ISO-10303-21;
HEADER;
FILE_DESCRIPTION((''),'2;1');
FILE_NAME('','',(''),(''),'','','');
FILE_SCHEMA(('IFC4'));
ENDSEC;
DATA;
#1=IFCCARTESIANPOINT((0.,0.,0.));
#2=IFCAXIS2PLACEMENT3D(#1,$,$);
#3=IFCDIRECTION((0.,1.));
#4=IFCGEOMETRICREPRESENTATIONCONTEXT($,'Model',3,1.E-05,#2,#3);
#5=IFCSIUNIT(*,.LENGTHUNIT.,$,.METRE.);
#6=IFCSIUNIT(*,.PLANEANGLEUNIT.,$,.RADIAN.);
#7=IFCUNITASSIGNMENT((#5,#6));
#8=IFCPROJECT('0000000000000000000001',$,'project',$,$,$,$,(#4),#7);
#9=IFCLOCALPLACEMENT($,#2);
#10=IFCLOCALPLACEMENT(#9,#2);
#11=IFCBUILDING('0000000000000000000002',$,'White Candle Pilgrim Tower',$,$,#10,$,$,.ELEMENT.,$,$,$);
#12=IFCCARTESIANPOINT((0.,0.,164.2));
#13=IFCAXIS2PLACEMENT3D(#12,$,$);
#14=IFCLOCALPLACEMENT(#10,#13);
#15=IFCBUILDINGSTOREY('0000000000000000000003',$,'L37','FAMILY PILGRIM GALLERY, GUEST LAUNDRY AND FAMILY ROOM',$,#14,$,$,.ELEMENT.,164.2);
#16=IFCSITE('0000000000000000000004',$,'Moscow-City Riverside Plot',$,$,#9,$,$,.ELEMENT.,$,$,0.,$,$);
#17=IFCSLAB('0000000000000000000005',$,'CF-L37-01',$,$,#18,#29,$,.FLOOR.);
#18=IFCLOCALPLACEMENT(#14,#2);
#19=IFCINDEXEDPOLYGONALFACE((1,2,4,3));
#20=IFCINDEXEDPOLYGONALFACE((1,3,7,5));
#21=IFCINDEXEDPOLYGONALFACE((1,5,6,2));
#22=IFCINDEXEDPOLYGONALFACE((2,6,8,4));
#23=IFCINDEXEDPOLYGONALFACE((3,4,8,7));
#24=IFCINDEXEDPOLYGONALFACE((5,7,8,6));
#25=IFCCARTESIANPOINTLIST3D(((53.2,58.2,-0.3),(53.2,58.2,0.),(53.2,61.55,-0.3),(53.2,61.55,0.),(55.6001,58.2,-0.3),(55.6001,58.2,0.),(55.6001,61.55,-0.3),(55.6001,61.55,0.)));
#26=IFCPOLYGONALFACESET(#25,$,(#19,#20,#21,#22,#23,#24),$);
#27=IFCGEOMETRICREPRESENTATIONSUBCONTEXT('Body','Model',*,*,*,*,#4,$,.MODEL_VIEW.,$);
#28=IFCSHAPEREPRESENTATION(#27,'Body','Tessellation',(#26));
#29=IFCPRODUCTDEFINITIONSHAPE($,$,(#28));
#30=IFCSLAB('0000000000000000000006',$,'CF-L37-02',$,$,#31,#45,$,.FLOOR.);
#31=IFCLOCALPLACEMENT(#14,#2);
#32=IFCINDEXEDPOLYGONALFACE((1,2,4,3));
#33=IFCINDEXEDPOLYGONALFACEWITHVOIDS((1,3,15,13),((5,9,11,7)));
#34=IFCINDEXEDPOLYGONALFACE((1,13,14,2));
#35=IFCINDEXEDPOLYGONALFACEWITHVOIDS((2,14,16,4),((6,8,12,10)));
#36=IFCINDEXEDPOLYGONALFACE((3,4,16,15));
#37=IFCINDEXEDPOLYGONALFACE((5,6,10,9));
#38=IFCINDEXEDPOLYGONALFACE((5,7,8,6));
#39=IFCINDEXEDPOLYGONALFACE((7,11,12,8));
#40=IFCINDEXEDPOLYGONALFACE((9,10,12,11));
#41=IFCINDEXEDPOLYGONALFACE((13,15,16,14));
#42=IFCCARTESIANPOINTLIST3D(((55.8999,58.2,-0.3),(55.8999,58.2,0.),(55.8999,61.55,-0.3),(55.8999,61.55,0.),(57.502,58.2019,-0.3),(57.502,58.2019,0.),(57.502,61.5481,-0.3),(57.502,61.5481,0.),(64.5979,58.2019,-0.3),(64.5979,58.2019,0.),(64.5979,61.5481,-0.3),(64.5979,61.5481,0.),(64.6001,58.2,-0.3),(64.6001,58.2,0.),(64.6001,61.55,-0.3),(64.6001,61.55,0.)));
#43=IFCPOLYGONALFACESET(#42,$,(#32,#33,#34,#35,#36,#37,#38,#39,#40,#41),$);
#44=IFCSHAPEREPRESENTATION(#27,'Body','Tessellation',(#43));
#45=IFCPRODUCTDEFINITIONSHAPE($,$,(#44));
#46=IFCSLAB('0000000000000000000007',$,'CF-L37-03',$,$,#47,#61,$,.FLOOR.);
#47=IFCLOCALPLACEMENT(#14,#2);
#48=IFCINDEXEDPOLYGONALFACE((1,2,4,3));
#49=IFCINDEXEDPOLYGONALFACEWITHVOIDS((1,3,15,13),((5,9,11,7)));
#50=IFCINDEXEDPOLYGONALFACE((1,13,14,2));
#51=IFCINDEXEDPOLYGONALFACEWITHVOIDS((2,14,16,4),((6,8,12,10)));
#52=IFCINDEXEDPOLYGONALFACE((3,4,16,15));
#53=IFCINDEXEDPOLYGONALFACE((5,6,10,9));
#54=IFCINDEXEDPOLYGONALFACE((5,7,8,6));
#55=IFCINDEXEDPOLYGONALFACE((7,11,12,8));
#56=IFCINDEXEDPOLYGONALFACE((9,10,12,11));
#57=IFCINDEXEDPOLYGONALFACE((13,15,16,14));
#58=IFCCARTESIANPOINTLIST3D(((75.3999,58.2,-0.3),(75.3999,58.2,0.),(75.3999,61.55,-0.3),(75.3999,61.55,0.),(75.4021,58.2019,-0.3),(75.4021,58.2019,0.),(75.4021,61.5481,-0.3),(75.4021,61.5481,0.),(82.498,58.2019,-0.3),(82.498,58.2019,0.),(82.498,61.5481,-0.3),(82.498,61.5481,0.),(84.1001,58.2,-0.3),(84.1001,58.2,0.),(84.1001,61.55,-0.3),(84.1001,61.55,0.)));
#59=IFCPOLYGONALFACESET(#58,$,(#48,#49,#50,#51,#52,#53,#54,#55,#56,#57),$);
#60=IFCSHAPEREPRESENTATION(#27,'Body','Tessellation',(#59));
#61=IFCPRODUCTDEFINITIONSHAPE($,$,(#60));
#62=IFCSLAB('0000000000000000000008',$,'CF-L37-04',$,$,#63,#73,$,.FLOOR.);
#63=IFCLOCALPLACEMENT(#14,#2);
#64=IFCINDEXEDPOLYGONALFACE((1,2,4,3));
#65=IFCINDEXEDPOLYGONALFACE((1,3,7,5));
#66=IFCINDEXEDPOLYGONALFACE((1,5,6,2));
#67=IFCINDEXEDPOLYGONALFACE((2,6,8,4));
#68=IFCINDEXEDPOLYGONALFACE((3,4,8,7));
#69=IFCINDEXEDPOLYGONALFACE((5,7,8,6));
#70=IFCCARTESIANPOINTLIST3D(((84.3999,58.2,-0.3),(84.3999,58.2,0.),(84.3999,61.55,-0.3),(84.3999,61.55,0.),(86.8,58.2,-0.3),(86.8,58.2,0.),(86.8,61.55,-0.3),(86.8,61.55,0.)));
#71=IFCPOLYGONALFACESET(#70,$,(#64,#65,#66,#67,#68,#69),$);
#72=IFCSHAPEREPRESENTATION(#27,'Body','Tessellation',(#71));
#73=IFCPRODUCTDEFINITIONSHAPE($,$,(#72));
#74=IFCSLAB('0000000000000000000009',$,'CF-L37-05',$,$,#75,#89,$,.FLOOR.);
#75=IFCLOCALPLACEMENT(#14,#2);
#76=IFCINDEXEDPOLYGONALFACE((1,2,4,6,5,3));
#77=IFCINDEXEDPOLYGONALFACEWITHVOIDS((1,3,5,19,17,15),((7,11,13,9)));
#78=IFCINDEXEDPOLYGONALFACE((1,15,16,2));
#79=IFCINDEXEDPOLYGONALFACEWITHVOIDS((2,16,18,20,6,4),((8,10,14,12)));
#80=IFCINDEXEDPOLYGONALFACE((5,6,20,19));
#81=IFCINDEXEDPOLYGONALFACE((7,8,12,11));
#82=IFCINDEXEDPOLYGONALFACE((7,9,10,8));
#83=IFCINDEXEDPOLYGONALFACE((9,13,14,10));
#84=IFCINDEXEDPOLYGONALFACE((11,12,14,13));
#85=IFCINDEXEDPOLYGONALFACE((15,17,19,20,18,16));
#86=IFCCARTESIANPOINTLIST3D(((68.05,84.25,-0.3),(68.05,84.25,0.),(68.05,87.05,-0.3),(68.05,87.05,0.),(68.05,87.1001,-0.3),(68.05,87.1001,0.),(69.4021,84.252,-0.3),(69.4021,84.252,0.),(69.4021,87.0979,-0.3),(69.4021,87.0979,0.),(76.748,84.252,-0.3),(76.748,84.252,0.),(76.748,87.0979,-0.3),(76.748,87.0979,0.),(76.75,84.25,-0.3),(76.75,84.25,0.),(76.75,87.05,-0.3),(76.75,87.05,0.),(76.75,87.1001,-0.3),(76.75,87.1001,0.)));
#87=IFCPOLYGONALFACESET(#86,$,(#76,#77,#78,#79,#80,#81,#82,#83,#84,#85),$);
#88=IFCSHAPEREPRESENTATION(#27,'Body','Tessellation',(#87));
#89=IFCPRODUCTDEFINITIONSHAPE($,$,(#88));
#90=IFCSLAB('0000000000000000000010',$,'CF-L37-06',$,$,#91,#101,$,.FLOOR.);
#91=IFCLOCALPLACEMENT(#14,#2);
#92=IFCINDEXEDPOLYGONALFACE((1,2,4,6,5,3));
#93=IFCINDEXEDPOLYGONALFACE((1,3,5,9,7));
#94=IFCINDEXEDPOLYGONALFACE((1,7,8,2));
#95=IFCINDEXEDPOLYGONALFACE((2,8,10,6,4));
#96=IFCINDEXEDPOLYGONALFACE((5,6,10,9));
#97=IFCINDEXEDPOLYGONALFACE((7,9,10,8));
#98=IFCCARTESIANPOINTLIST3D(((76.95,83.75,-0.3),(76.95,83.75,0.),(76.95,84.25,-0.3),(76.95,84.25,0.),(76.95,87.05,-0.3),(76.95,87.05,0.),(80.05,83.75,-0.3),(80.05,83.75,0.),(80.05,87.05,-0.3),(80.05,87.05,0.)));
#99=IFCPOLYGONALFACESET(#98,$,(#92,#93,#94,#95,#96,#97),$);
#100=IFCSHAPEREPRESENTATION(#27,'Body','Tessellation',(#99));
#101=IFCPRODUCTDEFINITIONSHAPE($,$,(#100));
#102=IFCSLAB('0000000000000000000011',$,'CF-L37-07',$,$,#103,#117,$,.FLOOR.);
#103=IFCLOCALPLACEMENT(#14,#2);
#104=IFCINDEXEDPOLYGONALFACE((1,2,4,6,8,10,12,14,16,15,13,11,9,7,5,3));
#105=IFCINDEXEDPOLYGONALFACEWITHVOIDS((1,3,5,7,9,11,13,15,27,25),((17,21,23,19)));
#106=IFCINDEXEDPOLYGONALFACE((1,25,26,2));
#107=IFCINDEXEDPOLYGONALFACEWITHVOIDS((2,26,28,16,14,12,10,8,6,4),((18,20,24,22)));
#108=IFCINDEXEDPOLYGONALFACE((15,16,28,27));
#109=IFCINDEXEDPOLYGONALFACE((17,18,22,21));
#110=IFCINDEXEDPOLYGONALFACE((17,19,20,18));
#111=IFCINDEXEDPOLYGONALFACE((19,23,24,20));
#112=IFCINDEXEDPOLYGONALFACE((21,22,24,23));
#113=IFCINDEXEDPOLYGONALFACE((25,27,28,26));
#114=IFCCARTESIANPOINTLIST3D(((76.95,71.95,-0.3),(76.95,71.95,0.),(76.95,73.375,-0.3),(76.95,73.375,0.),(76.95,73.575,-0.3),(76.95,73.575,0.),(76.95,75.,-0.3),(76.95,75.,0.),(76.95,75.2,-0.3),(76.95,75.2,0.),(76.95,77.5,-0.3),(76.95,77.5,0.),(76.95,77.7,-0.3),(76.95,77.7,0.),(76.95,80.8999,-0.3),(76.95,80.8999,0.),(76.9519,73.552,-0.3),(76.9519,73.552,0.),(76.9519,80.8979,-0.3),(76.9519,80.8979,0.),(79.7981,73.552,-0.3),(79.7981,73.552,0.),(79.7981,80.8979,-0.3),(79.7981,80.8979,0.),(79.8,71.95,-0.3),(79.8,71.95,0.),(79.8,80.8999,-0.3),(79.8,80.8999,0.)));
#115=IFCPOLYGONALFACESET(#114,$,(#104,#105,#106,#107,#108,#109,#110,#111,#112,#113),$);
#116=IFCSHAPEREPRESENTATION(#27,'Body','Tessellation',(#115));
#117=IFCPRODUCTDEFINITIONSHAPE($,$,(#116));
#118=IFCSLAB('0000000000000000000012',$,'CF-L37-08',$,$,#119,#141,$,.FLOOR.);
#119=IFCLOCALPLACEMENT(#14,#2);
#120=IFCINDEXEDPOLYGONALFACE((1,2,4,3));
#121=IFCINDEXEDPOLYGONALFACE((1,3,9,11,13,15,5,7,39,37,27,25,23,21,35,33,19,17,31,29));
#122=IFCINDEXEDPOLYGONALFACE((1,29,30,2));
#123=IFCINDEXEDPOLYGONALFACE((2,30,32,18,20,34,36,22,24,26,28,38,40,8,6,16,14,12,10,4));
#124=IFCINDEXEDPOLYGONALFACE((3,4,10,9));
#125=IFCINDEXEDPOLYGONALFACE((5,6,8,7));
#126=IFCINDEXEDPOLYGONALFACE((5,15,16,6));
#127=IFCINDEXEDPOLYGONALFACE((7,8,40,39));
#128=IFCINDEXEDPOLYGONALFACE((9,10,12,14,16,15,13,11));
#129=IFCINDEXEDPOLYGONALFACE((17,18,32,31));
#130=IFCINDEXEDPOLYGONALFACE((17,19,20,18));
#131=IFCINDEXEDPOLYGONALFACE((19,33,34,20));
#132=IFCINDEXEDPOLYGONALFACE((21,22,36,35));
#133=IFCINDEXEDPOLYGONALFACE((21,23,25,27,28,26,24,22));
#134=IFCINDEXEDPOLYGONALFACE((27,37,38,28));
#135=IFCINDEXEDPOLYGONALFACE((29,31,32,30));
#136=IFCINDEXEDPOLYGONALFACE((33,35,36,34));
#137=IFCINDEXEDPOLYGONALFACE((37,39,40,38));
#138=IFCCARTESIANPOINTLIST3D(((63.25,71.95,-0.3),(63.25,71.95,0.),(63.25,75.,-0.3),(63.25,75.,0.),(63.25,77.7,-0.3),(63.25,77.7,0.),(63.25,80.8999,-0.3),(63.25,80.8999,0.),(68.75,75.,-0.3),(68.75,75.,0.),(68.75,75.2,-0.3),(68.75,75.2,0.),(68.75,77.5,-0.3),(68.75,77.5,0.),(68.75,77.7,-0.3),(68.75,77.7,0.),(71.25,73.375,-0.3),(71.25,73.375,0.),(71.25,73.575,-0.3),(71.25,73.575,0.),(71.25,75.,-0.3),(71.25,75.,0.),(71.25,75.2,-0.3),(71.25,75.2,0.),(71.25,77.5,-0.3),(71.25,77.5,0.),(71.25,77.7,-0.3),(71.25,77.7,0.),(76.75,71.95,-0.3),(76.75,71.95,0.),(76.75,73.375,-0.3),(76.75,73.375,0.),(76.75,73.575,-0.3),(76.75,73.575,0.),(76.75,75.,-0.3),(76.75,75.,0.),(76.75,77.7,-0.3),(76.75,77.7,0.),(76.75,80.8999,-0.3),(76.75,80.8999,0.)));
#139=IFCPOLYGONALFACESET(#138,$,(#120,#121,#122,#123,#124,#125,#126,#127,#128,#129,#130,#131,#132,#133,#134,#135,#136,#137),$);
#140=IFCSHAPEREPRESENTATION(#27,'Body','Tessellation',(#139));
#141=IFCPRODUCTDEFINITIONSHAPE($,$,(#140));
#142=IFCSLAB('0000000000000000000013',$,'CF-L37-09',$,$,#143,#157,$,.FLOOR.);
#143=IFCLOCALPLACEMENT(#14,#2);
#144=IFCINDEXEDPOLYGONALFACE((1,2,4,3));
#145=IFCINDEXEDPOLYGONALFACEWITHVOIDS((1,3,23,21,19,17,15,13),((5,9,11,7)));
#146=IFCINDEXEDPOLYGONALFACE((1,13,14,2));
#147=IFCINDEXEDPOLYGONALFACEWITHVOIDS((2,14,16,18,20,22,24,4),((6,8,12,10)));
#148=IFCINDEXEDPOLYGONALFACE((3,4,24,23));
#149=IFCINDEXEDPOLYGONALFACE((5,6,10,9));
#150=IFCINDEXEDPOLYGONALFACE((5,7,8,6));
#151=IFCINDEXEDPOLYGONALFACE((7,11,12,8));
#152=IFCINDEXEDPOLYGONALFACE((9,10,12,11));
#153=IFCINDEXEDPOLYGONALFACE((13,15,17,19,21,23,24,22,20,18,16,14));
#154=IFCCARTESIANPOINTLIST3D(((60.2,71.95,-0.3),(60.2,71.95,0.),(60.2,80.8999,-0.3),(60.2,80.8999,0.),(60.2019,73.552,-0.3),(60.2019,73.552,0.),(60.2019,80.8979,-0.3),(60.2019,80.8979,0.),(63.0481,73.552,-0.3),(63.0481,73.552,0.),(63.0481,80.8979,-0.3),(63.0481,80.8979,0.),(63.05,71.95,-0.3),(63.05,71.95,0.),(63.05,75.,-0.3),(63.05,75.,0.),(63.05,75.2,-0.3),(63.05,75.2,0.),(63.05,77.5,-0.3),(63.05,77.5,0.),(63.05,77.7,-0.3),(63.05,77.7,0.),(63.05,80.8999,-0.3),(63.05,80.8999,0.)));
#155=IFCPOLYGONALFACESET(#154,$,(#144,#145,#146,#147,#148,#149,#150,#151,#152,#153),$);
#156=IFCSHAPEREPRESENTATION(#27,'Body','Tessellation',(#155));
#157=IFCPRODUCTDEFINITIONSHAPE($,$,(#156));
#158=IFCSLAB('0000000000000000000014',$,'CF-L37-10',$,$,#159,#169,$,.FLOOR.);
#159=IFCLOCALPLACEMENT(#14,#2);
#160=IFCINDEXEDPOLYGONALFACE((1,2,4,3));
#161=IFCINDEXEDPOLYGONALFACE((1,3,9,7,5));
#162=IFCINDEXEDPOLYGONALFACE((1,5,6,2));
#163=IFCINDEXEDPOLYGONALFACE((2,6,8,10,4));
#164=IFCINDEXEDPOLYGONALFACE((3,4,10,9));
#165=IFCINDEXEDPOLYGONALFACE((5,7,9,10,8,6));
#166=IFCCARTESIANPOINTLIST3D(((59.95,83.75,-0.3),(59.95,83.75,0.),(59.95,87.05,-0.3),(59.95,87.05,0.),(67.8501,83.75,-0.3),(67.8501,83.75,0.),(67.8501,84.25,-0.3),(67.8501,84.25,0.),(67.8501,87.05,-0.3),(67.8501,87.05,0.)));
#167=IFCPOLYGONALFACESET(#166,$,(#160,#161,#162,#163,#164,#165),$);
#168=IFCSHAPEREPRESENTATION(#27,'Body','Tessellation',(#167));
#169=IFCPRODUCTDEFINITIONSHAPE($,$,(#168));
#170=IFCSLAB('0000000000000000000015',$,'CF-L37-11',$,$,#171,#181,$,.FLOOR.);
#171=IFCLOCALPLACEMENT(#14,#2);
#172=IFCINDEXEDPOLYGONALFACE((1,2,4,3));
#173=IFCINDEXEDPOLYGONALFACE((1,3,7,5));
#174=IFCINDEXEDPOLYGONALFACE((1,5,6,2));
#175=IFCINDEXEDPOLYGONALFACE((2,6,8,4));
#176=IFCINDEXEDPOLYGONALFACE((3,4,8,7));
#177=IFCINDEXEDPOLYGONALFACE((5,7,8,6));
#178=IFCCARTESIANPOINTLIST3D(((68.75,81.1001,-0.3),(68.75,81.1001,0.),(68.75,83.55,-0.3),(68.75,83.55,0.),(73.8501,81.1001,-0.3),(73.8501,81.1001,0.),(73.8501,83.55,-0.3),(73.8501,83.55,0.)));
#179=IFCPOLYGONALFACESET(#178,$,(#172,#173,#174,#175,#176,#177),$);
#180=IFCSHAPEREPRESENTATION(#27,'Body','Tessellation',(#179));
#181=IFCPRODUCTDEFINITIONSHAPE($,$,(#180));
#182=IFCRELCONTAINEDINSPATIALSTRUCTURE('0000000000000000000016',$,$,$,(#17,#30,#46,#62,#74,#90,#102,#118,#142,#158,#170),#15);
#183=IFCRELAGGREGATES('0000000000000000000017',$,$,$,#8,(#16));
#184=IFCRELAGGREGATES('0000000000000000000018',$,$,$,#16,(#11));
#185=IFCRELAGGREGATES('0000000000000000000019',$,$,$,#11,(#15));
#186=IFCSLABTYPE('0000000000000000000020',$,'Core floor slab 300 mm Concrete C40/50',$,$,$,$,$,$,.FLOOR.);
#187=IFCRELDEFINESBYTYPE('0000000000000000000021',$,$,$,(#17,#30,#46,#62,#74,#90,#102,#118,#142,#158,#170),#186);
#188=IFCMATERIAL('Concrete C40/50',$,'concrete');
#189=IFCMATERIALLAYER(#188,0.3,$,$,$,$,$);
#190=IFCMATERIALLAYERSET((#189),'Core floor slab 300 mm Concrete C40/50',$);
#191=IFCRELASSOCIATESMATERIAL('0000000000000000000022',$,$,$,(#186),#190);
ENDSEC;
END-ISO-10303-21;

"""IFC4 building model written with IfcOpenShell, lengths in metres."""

from ifc_helpers import new_model, si_unit, direction, frame, origin, place, context, subcontext, project, spatial, polyline, outline, extrude, material, layer, layer_set, type_object, element, save


model = new_model("IFC4")

# Units and contexts
model_context = context("Model", 3, precision=1e-05, world=origin(), true_north=direction((0.0, 1.0)))
body_context = subcontext(model_context, "Body", "Model", "MODEL_VIEW")
ifc_project = project(units=[si_unit("LENGTHUNIT", "METRE"), si_unit("PLANEANGLEUNIT", "RADIAN")], contexts=[model_context])

# Site, building, storey
site_placement = place(None, origin())
site = spatial("IfcSite", under=ifc_project, at=site_placement, Name="Moscow-City Riverside Plot", CompositionType="ELEMENT", RefElevation=0.0)
building_placement = place(site_placement, origin())
building = spatial("IfcBuilding", under=site, at=building_placement, Name="White Candle Pilgrim Tower", CompositionType="ELEMENT")
storey_placement = place(building_placement, frame((0.0, 0.0, 164.2)))
storey = spatial("IfcBuildingStorey", under=building, at=storey_placement, Name="L37", Description="FAMILY PILGRIM GALLERY, GUEST LAUNDRY AND FAMILY ROOM", CompositionType="ELEMENT", Elevation=164.2)

# Slabs
ifc_material = material(Name="Concrete C40/50", Category="concrete")
ifc_layer_1 = layer(ifc_material, 0.3)
ifc_layer_set_1 = layer_set([ifc_layer_1], Name="Core floor slab 300 mm Concrete C40/50")
slab_type_1 = type_object("IfcSlabType", Name="Core floor slab 300 mm Concrete C40/50", PredefinedType="FLOOR", material=ifc_layer_set_1)
slab_1_placement = place(storey_placement, frame((0.0, 0.0, -0.3)))
element("IfcSlab", 1, at=slab_1_placement, inside=storey, type_object=slab_type_1, Name="CF-L37-01", PredefinedType="FLOOR", context=body_context, shape_type="SweptSolid", body=[
    extrude(outline(polyline([(55.6001, 58.2), (53.2, 58.2), (53.2, 61.55), (55.6001, 61.55), (55.6001, 58.2)])), origin(), (0.0, 0.0, 1.0), 0.3),
])
slab_2_placement = place(storey_placement, frame((0.0, 0.0, -0.3)))
element("IfcSlab", 2, at=slab_2_placement, inside=storey, type_object=slab_type_1, Name="CF-L37-02", PredefinedType="FLOOR", context=body_context, shape_type="SweptSolid", body=[
    extrude(outline(polyline([(55.8999, 58.2), (55.8999, 61.55), (64.6001, 61.55), (64.6001, 58.2), (55.8999, 58.2)]), holes=[polyline([(57.502, 61.5481), (57.502, 58.2019), (64.5979, 58.2019), (64.5979, 61.5481), (57.502, 61.5481)])]), origin(), (0.0, 0.0, 1.0), 0.3),
])
slab_3_placement = place(storey_placement, frame((0.0, 0.0, -0.3)))
element("IfcSlab", 3, at=slab_3_placement, inside=storey, type_object=slab_type_1, Name="CF-L37-03", PredefinedType="FLOOR", context=body_context, shape_type="SweptSolid", body=[
    extrude(outline(polyline([(75.3999, 58.2), (75.3999, 61.55), (84.1001, 61.55), (84.1001, 58.2), (75.3999, 58.2)]), holes=[polyline([(82.498, 58.2019), (82.498, 61.5481), (75.4021, 61.5481), (75.4021, 58.2019), (82.498, 58.2019)])]), origin(), (0.0, 0.0, 1.0), 0.3),
])
slab_4_placement = place(storey_placement, frame((0.0, 0.0, -0.3)))
element("IfcSlab", 4, at=slab_4_placement, inside=storey, type_object=slab_type_1, Name="CF-L37-04", PredefinedType="FLOOR", context=body_context, shape_type="SweptSolid", body=[
    extrude(outline(polyline([(86.8, 58.2), (84.3999, 58.2), (84.3999, 61.55), (86.8, 61.55), (86.8, 58.2)])), origin(), (0.0, 0.0, 1.0), 0.3),
])
slab_5_placement = place(storey_placement, frame((0.0, 0.0, -0.3)))
element("IfcSlab", 5, at=slab_5_placement, inside=storey, type_object=slab_type_1, Name="CF-L37-05", PredefinedType="FLOOR", context=body_context, shape_type="SweptSolid", body=[
    extrude(outline(polyline([(76.75, 87.1001), (76.75, 87.05), (76.75, 84.25), (68.05, 84.25), (68.05, 87.05), (68.05, 87.1001), (76.75, 87.1001)]), holes=[polyline([(69.4021, 87.0979), (69.4021, 84.252), (76.748, 84.252), (76.748, 87.0979), (69.4021, 87.0979)])]), origin(), (0.0, 0.0, 1.0), 0.3),
])
slab_6_placement = place(storey_placement, frame((0.0, 0.0, -0.3)))
element("IfcSlab", 6, at=slab_6_placement, inside=storey, type_object=slab_type_1, Name="CF-L37-06", PredefinedType="FLOOR", context=body_context, shape_type="SweptSolid", body=[
    extrude(outline(polyline([(80.05, 87.05), (80.05, 83.75), (76.95, 83.75), (76.95, 84.25), (76.95, 87.05), (80.05, 87.05)])), origin(), (0.0, 0.0, 1.0), 0.3),
])
slab_7_placement = place(storey_placement, frame((0.0, 0.0, -0.3)))
element("IfcSlab", 7, at=slab_7_placement, inside=storey, type_object=slab_type_1, Name="CF-L37-07", PredefinedType="FLOOR", context=body_context, shape_type="SweptSolid", body=[
    extrude(outline(polyline([(76.95, 71.95), (76.95, 73.375), (76.95, 73.575), (76.95, 75.0), (76.95, 75.2), (76.95, 77.5), (76.95, 77.7), (76.95, 80.8999), (79.8, 80.8999), (79.8, 71.95), (76.95, 71.95)]), holes=[polyline([(76.9519, 73.552), (79.7981, 73.552), (79.7981, 80.8979), (76.9519, 80.8979), (76.9519, 73.552)])]), origin(), (0.0, 0.0, 1.0), 0.3),
])
slab_8_placement = place(storey_placement, frame((0.0, 0.0, -0.3)))
element("IfcSlab", 8, at=slab_8_placement, inside=storey, type_object=slab_type_1, Name="CF-L37-08", PredefinedType="FLOOR", context=body_context, shape_type="SweptSolid", body=[
    extrude(outline(polyline([(63.25, 71.95), (63.25, 75.0), (68.75, 75.0), (68.75, 75.2), (68.75, 77.5), (68.75, 77.7), (63.25, 77.7), (63.25, 80.8999), (76.75, 80.8999), (76.75, 77.7), (71.25, 77.7), (71.25, 77.5), (71.25, 75.2), (71.25, 75.0), (76.75, 75.0), (76.75, 73.575), (71.25, 73.575), (71.25, 73.375), (76.75, 73.375), (76.75, 71.95), (63.25, 71.95)])), origin(), (0.0, 0.0, 1.0), 0.3),
])
slab_9_placement = place(storey_placement, frame((0.0, 0.0, -0.3)))
element("IfcSlab", 9, at=slab_9_placement, inside=storey, type_object=slab_type_1, Name="CF-L37-09", PredefinedType="FLOOR", context=body_context, shape_type="SweptSolid", body=[
    extrude(outline(polyline([(60.2, 71.95), (60.2, 80.8999), (63.05, 80.8999), (63.05, 77.7), (63.05, 77.5), (63.05, 75.2), (63.05, 75.0), (63.05, 71.95), (60.2, 71.95)]), holes=[polyline([(60.2019, 73.552), (63.0481, 73.552), (63.0481, 80.8979), (60.2019, 80.8979), (60.2019, 73.552)])]), origin(), (0.0, 0.0, 1.0), 0.3),
])
slab_10_placement = place(storey_placement, frame((0.0, 0.0, -0.3)))
element("IfcSlab", 10, at=slab_10_placement, inside=storey, type_object=slab_type_1, Name="CF-L37-10", PredefinedType="FLOOR", context=body_context, shape_type="SweptSolid", body=[
    extrude(outline(polyline([(59.95, 87.05), (67.8501, 87.05), (67.8501, 84.25), (67.8501, 83.75), (59.95, 83.75), (59.95, 87.05)])), origin(), (0.0, 0.0, 1.0), 0.3),
])
slab_11_placement = place(storey_placement, frame((0.0, 0.0, -0.3)))
element("IfcSlab", 11, at=slab_11_placement, inside=storey, type_object=slab_type_1, Name="CF-L37-11", PredefinedType="FLOOR", context=body_context, shape_type="SweptSolid", body=[
    extrude(outline(polyline([(73.8501, 83.55), (73.8501, 81.1001), (68.75, 81.1001), (68.75, 83.55), (73.8501, 83.55)])), origin(), (0.0, 0.0, 1.0), 0.3),
])

save(model, "model.ifc")
